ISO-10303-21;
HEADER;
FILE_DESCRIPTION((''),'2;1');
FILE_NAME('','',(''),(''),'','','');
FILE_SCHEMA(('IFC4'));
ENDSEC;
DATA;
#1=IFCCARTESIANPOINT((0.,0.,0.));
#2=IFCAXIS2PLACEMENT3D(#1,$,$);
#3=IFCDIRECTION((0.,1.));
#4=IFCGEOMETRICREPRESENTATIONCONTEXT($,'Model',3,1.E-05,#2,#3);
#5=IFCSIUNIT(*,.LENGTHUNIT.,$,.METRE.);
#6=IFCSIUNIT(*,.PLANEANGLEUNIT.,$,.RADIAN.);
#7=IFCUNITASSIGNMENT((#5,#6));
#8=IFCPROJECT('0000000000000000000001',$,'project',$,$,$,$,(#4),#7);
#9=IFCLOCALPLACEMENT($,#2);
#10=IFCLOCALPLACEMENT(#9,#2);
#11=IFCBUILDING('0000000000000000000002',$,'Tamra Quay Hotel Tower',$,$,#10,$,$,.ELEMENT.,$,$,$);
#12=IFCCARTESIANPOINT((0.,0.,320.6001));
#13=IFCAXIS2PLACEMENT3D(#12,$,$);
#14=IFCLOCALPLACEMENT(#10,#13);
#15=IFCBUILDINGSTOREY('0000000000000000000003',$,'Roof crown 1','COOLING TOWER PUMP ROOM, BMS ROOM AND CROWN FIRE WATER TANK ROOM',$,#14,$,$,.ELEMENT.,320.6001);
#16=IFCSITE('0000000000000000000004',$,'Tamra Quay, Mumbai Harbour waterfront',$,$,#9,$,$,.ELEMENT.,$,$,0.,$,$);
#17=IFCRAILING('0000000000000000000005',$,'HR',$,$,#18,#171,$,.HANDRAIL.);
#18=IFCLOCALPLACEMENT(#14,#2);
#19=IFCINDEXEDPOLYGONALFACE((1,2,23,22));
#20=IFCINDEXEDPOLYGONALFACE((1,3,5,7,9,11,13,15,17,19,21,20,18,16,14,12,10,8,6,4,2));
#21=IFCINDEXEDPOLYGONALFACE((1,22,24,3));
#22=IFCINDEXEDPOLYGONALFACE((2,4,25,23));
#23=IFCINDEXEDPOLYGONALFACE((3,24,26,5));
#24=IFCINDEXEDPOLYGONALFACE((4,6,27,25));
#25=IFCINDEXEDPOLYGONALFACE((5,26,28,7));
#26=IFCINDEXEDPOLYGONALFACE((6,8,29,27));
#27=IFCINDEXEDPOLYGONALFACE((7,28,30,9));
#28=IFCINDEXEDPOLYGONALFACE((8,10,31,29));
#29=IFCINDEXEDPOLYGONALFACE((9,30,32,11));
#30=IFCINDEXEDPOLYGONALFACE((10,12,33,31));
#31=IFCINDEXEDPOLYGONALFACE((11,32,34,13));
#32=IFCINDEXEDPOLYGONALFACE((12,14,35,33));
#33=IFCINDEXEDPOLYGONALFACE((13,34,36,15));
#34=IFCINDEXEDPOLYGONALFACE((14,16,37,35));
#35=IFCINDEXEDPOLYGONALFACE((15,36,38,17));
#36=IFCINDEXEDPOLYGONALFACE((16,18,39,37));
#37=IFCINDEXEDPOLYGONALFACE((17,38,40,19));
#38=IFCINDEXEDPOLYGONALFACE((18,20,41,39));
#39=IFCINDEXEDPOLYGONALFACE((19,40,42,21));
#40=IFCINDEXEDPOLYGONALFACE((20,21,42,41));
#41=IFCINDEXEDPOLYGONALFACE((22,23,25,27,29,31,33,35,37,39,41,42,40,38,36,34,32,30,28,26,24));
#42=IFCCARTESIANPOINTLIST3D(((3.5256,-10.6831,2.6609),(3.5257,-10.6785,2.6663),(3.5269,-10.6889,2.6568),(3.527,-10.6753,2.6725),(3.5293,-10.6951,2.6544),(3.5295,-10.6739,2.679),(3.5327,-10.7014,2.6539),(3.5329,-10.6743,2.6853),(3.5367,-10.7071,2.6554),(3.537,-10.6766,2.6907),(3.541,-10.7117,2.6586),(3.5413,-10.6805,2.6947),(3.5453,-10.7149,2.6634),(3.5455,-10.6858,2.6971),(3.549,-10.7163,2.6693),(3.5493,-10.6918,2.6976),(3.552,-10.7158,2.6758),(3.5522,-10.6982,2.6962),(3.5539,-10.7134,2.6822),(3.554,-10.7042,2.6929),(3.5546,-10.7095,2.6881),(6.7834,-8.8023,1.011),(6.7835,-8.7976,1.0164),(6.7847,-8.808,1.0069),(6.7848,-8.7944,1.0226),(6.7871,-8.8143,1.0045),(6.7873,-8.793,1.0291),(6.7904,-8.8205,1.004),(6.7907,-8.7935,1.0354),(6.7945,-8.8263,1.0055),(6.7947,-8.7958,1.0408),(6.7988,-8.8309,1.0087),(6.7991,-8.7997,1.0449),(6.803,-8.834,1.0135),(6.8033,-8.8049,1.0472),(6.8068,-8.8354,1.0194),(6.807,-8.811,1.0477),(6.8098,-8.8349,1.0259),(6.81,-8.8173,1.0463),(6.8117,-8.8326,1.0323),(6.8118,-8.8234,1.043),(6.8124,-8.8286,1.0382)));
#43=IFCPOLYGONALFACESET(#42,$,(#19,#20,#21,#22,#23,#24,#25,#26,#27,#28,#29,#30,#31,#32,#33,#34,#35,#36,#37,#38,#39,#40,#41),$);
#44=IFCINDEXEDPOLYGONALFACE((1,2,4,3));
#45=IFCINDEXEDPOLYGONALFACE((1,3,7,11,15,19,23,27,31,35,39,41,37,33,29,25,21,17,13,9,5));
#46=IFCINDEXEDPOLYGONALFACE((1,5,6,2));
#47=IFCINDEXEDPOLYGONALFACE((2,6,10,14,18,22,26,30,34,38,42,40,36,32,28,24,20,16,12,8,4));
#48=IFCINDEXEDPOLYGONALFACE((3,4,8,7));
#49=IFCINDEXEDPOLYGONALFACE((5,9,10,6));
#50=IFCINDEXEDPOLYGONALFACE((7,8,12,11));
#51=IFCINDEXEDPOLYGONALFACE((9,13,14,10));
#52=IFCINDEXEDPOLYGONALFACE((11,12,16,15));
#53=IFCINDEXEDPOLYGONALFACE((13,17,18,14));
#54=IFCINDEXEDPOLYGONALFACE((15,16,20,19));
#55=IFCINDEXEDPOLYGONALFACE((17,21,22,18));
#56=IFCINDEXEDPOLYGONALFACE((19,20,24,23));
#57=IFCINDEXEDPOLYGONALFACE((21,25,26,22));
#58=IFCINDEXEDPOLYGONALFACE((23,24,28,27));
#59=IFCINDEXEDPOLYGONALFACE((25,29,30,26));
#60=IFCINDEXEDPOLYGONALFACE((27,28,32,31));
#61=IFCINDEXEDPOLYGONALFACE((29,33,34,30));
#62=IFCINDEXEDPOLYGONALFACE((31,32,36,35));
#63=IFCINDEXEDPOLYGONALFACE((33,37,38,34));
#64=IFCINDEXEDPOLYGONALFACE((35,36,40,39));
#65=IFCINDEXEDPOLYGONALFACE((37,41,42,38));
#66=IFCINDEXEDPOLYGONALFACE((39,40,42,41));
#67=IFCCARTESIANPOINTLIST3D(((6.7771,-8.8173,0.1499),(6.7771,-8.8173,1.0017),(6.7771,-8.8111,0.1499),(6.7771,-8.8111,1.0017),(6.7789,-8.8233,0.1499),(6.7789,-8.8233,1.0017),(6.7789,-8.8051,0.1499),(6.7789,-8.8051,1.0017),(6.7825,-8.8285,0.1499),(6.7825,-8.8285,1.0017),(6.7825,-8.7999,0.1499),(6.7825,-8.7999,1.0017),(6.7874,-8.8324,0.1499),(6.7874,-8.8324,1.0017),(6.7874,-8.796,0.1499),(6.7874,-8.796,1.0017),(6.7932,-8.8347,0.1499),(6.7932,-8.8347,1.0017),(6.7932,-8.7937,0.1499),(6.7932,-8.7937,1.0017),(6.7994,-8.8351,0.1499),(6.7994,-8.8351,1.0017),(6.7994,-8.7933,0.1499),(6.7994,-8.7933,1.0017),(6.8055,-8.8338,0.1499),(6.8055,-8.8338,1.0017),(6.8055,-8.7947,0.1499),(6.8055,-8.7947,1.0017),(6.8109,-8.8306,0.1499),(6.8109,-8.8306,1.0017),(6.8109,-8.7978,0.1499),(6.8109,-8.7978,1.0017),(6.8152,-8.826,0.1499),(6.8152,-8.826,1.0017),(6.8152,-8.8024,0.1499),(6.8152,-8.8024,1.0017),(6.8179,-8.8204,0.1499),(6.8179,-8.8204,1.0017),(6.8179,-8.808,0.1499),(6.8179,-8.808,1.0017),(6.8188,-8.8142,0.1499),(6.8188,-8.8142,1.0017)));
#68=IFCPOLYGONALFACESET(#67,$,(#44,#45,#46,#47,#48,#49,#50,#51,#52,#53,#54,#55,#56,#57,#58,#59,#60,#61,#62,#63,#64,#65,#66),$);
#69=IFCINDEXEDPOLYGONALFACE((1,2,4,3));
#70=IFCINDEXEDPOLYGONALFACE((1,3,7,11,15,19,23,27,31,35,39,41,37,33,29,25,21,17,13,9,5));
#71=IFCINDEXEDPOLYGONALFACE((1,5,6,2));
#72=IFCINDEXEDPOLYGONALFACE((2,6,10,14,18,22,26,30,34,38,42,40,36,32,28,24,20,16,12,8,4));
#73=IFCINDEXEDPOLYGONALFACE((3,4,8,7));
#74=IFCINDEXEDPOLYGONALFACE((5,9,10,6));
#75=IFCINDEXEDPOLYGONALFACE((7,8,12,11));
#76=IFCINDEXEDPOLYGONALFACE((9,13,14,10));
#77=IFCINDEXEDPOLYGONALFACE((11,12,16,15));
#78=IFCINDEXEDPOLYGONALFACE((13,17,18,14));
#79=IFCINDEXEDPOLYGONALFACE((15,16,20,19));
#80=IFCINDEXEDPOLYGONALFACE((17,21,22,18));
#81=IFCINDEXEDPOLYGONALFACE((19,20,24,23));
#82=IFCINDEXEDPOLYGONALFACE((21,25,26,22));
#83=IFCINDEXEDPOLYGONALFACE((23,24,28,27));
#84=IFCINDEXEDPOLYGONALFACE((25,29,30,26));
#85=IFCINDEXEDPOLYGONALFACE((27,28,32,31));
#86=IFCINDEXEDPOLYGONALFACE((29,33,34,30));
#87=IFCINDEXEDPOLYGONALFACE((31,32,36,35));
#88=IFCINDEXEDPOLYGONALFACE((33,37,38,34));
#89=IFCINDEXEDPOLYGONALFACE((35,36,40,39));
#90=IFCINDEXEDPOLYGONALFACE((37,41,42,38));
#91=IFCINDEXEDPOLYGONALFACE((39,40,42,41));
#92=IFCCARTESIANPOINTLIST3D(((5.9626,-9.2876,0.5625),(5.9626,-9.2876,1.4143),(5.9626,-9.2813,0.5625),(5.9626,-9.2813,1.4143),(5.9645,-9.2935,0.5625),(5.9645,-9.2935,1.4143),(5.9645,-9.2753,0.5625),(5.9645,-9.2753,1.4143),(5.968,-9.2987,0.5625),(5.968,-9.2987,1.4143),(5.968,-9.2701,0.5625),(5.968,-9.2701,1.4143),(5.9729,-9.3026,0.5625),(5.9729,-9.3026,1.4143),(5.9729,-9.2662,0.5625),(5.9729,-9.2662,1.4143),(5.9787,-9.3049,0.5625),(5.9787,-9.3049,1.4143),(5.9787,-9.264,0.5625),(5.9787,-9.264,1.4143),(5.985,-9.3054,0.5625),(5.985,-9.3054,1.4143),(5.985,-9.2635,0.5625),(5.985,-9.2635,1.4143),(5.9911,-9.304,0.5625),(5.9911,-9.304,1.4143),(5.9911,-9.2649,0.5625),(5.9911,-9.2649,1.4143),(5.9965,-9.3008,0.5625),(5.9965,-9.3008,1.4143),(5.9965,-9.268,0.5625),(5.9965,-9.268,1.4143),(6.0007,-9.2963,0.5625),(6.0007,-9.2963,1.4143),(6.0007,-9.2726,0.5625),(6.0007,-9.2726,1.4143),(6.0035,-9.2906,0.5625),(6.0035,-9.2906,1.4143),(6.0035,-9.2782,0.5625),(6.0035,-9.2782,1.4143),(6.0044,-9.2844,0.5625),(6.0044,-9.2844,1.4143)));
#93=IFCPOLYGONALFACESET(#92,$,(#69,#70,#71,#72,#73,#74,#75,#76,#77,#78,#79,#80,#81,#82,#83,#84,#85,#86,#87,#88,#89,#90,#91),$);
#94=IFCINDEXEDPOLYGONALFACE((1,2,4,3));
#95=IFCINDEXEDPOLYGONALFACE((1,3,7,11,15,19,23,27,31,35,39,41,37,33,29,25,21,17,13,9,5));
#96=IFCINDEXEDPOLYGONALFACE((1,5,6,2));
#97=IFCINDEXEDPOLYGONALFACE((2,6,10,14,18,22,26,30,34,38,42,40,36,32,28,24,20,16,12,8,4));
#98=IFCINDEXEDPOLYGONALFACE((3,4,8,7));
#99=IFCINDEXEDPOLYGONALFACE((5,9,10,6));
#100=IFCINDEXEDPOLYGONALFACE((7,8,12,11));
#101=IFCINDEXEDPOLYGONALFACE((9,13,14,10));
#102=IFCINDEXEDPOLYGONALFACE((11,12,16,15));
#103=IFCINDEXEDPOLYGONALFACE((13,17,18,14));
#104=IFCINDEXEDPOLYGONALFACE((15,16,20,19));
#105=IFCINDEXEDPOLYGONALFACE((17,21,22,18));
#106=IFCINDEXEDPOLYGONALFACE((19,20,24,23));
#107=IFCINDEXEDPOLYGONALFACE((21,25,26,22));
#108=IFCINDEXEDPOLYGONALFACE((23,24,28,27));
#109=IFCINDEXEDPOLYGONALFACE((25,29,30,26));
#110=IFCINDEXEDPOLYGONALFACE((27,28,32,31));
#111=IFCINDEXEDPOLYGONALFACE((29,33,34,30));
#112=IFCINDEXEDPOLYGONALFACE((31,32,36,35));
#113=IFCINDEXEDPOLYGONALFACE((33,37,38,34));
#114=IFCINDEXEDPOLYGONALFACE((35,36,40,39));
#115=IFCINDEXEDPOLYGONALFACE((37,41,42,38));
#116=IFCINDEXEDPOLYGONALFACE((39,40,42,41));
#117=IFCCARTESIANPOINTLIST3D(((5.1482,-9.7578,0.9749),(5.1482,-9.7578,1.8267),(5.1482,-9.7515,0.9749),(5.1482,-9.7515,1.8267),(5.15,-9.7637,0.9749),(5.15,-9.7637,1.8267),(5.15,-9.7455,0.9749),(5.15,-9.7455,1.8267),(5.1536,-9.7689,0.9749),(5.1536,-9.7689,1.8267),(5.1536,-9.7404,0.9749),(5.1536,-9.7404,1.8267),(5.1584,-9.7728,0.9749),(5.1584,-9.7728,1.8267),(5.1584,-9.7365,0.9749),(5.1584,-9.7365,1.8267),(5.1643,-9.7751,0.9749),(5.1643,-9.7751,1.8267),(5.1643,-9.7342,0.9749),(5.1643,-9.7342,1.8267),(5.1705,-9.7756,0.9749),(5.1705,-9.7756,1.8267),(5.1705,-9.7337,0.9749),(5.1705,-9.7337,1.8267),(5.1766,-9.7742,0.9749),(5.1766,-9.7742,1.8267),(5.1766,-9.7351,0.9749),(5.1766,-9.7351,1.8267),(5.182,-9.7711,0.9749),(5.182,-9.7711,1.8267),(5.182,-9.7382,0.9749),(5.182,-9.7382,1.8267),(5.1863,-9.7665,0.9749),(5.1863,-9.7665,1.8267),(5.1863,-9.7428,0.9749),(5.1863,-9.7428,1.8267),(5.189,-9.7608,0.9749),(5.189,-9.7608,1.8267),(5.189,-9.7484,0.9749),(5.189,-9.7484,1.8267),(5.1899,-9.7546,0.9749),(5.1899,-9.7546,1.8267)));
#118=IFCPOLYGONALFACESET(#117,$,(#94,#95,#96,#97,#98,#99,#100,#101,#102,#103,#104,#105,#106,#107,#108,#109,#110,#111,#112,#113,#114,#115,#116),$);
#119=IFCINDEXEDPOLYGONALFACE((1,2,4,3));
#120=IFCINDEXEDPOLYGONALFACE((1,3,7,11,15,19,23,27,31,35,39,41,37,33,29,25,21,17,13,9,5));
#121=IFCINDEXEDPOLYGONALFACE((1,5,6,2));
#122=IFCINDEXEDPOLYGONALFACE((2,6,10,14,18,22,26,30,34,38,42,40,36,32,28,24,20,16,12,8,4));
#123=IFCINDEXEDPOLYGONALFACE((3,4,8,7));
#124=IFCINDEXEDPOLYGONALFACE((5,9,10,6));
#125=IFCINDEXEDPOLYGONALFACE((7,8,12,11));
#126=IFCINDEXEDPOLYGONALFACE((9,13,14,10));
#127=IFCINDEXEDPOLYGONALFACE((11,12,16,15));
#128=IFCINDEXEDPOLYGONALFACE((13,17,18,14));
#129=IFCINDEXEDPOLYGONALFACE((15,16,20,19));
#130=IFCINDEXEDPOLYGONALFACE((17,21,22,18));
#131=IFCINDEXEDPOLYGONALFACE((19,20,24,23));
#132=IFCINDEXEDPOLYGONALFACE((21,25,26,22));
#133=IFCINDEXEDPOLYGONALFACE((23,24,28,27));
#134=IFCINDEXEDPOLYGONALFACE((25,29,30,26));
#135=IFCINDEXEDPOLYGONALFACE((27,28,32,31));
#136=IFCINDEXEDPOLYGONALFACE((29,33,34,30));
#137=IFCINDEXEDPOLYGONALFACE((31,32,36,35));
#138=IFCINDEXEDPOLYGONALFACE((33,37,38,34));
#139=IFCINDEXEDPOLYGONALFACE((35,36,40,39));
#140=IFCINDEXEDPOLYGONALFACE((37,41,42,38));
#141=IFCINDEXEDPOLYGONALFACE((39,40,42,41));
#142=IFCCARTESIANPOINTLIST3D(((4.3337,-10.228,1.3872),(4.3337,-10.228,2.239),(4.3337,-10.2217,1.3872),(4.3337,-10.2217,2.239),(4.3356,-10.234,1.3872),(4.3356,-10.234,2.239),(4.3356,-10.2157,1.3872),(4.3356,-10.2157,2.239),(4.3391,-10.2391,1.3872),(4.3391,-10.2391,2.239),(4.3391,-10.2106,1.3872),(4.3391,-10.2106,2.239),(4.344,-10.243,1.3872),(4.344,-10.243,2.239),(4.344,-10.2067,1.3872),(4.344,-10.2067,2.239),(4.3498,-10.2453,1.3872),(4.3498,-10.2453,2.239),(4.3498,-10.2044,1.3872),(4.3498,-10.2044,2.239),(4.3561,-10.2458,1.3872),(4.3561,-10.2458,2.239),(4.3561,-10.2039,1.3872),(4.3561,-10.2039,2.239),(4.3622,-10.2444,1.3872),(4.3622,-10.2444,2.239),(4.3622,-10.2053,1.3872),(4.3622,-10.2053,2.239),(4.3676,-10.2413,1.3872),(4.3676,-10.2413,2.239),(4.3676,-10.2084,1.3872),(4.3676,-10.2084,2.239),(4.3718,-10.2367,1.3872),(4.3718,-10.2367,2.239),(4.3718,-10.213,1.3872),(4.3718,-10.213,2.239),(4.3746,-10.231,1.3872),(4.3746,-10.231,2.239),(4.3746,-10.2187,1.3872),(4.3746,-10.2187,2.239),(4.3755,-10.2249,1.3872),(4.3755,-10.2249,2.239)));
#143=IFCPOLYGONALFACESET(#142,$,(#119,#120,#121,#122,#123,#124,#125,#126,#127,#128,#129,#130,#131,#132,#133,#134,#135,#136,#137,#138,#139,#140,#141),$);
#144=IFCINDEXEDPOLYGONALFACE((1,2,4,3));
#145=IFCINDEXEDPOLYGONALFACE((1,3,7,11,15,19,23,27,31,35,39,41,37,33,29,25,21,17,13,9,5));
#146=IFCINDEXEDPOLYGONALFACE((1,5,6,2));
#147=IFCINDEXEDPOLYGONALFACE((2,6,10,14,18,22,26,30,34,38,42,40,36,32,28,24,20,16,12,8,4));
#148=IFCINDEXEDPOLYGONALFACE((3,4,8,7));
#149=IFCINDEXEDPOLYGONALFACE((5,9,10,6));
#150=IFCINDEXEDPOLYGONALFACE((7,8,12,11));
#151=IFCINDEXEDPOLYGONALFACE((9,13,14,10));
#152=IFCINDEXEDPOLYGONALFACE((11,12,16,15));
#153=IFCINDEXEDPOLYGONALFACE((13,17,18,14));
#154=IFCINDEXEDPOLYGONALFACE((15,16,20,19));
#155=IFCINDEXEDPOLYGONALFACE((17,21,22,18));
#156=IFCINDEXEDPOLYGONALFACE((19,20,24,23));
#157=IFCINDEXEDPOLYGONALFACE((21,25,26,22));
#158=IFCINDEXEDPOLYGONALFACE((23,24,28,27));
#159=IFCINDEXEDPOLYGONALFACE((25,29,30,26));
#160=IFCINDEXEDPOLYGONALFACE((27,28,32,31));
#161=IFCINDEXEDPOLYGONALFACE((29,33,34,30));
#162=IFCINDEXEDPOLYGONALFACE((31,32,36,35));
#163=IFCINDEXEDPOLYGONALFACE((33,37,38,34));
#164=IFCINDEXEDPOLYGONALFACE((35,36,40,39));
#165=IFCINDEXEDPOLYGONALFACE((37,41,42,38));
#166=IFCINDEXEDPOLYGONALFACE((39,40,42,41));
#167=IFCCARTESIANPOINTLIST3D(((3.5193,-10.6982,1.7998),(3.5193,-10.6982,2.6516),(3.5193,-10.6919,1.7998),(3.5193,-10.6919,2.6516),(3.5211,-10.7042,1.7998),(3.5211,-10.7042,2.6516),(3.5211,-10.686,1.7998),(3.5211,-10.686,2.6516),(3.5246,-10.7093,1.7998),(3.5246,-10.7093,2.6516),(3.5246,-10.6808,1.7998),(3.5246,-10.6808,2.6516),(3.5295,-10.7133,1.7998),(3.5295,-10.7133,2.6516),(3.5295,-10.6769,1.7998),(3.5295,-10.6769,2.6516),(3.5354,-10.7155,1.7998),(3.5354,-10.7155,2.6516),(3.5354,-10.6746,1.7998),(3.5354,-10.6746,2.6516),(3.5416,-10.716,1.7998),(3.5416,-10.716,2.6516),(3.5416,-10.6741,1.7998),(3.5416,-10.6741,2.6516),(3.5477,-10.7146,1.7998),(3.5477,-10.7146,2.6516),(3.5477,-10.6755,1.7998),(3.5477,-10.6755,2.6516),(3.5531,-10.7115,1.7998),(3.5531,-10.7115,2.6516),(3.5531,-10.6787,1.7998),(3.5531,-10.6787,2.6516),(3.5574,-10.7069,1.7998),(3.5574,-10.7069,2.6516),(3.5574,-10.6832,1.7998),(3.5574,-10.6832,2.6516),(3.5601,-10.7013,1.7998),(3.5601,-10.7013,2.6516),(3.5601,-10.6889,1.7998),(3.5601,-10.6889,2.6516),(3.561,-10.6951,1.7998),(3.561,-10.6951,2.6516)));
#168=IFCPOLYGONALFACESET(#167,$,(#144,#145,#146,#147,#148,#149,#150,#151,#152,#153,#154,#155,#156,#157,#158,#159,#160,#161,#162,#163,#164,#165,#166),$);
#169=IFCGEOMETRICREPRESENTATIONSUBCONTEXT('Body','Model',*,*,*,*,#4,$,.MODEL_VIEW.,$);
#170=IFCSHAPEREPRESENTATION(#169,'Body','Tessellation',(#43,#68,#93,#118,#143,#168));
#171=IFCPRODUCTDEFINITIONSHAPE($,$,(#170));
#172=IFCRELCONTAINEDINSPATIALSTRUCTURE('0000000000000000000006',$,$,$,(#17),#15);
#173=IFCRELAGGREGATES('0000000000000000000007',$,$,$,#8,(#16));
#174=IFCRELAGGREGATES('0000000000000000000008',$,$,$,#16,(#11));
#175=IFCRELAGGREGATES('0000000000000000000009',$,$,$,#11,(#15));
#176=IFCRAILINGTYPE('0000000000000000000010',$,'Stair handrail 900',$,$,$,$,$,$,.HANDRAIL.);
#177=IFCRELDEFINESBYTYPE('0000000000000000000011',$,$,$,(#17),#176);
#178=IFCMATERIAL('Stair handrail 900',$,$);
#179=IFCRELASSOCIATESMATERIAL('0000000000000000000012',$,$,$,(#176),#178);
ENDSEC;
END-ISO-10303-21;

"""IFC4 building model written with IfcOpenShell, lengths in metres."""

from ifc_helpers import new_model, si_unit, direction, frame, origin, origin_2d, place, context, subcontext, project, spatial, circle, extrude, material, type_object, element, save


model = new_model("IFC4")

# Units and contexts
model_context = context("Model", 3, precision=1e-05, world=origin(), true_north=direction((0.0, 1.0)))
body_context = subcontext(model_context, "Body", "Model", "MODEL_VIEW")
ifc_project = project(units=[si_unit("LENGTHUNIT", "METRE"), si_unit("PLANEANGLEUNIT", "RADIAN")], contexts=[model_context])

# Site, building, storey
site_placement = place(None, origin())
site = spatial("IfcSite", under=ifc_project, at=site_placement, Name="Tamra Quay, Mumbai Harbour waterfront", CompositionType="ELEMENT", RefElevation=0.0)
building_placement = place(site_placement, origin())
building = spatial("IfcBuilding", under=site, at=building_placement, Name="Tamra Quay Hotel Tower", CompositionType="ELEMENT")
storey_placement = place(building_placement, frame((0.0, 0.0, 320.6001)))
storey = spatial("IfcBuildingStorey", under=building, at=storey_placement, Name="Roof crown 1", Description="COOLING TOWER PUMP ROOM, BMS ROOM AND CROWN FIRE WATER TANK ROOM", CompositionType="ELEMENT", Elevation=320.6001)

# Railing
ifc_material_1 = material(Name="Stair handrail 900")
railing_type_1 = type_object("IfcRailingType", Name="Stair handrail 900", PredefinedType="HANDRAIL", material=ifc_material_1)
railing_1_placement = place(storey_placement, frame((6.7979, -8.8142, 0.1499)))
element("IfcRailing", 1, at=railing_1_placement, inside=storey, type_object=railing_type_1, Name="HR", PredefinedType="HANDRAIL", context=body_context, shape_type="SweptSolid", body=[
    extrude(circle(Radius=0.0239, at=origin_2d()), frame((0.0, 0.0, 0.876), z_axis=(-0.7931, -0.457887, 0.401661), x_axis=(0.499992, -0.86603, 0.0)), (0.0, 0.0, 1.0), 4.1077),
    extrude(circle(Radius=0.021, at=origin_2d()), origin(), (0.0, 0.0, 1.0), 0.8518),
    extrude(circle(Radius=0.021, at=origin_2d()), frame((-0.8145, -0.4702, 0.4126)), (0.0, 0.0, 1.0), 0.8518),
    extrude(circle(Radius=0.021, at=origin_2d()), frame((-1.6289, -0.9404, 0.825)), (0.0, 0.0, 1.0), 0.8518),
    extrude(circle(Radius=0.021, at=origin_2d()), frame((-2.4434, -1.4106, 1.2373)), (0.0, 0.0, 1.0), 0.8518),
    extrude(circle(Radius=0.021, at=origin_2d()), frame((-3.2578, -1.8809, 1.6499)), (0.0, 0.0, 1.0), 0.8518),
])

save(model, "model.ifc")
